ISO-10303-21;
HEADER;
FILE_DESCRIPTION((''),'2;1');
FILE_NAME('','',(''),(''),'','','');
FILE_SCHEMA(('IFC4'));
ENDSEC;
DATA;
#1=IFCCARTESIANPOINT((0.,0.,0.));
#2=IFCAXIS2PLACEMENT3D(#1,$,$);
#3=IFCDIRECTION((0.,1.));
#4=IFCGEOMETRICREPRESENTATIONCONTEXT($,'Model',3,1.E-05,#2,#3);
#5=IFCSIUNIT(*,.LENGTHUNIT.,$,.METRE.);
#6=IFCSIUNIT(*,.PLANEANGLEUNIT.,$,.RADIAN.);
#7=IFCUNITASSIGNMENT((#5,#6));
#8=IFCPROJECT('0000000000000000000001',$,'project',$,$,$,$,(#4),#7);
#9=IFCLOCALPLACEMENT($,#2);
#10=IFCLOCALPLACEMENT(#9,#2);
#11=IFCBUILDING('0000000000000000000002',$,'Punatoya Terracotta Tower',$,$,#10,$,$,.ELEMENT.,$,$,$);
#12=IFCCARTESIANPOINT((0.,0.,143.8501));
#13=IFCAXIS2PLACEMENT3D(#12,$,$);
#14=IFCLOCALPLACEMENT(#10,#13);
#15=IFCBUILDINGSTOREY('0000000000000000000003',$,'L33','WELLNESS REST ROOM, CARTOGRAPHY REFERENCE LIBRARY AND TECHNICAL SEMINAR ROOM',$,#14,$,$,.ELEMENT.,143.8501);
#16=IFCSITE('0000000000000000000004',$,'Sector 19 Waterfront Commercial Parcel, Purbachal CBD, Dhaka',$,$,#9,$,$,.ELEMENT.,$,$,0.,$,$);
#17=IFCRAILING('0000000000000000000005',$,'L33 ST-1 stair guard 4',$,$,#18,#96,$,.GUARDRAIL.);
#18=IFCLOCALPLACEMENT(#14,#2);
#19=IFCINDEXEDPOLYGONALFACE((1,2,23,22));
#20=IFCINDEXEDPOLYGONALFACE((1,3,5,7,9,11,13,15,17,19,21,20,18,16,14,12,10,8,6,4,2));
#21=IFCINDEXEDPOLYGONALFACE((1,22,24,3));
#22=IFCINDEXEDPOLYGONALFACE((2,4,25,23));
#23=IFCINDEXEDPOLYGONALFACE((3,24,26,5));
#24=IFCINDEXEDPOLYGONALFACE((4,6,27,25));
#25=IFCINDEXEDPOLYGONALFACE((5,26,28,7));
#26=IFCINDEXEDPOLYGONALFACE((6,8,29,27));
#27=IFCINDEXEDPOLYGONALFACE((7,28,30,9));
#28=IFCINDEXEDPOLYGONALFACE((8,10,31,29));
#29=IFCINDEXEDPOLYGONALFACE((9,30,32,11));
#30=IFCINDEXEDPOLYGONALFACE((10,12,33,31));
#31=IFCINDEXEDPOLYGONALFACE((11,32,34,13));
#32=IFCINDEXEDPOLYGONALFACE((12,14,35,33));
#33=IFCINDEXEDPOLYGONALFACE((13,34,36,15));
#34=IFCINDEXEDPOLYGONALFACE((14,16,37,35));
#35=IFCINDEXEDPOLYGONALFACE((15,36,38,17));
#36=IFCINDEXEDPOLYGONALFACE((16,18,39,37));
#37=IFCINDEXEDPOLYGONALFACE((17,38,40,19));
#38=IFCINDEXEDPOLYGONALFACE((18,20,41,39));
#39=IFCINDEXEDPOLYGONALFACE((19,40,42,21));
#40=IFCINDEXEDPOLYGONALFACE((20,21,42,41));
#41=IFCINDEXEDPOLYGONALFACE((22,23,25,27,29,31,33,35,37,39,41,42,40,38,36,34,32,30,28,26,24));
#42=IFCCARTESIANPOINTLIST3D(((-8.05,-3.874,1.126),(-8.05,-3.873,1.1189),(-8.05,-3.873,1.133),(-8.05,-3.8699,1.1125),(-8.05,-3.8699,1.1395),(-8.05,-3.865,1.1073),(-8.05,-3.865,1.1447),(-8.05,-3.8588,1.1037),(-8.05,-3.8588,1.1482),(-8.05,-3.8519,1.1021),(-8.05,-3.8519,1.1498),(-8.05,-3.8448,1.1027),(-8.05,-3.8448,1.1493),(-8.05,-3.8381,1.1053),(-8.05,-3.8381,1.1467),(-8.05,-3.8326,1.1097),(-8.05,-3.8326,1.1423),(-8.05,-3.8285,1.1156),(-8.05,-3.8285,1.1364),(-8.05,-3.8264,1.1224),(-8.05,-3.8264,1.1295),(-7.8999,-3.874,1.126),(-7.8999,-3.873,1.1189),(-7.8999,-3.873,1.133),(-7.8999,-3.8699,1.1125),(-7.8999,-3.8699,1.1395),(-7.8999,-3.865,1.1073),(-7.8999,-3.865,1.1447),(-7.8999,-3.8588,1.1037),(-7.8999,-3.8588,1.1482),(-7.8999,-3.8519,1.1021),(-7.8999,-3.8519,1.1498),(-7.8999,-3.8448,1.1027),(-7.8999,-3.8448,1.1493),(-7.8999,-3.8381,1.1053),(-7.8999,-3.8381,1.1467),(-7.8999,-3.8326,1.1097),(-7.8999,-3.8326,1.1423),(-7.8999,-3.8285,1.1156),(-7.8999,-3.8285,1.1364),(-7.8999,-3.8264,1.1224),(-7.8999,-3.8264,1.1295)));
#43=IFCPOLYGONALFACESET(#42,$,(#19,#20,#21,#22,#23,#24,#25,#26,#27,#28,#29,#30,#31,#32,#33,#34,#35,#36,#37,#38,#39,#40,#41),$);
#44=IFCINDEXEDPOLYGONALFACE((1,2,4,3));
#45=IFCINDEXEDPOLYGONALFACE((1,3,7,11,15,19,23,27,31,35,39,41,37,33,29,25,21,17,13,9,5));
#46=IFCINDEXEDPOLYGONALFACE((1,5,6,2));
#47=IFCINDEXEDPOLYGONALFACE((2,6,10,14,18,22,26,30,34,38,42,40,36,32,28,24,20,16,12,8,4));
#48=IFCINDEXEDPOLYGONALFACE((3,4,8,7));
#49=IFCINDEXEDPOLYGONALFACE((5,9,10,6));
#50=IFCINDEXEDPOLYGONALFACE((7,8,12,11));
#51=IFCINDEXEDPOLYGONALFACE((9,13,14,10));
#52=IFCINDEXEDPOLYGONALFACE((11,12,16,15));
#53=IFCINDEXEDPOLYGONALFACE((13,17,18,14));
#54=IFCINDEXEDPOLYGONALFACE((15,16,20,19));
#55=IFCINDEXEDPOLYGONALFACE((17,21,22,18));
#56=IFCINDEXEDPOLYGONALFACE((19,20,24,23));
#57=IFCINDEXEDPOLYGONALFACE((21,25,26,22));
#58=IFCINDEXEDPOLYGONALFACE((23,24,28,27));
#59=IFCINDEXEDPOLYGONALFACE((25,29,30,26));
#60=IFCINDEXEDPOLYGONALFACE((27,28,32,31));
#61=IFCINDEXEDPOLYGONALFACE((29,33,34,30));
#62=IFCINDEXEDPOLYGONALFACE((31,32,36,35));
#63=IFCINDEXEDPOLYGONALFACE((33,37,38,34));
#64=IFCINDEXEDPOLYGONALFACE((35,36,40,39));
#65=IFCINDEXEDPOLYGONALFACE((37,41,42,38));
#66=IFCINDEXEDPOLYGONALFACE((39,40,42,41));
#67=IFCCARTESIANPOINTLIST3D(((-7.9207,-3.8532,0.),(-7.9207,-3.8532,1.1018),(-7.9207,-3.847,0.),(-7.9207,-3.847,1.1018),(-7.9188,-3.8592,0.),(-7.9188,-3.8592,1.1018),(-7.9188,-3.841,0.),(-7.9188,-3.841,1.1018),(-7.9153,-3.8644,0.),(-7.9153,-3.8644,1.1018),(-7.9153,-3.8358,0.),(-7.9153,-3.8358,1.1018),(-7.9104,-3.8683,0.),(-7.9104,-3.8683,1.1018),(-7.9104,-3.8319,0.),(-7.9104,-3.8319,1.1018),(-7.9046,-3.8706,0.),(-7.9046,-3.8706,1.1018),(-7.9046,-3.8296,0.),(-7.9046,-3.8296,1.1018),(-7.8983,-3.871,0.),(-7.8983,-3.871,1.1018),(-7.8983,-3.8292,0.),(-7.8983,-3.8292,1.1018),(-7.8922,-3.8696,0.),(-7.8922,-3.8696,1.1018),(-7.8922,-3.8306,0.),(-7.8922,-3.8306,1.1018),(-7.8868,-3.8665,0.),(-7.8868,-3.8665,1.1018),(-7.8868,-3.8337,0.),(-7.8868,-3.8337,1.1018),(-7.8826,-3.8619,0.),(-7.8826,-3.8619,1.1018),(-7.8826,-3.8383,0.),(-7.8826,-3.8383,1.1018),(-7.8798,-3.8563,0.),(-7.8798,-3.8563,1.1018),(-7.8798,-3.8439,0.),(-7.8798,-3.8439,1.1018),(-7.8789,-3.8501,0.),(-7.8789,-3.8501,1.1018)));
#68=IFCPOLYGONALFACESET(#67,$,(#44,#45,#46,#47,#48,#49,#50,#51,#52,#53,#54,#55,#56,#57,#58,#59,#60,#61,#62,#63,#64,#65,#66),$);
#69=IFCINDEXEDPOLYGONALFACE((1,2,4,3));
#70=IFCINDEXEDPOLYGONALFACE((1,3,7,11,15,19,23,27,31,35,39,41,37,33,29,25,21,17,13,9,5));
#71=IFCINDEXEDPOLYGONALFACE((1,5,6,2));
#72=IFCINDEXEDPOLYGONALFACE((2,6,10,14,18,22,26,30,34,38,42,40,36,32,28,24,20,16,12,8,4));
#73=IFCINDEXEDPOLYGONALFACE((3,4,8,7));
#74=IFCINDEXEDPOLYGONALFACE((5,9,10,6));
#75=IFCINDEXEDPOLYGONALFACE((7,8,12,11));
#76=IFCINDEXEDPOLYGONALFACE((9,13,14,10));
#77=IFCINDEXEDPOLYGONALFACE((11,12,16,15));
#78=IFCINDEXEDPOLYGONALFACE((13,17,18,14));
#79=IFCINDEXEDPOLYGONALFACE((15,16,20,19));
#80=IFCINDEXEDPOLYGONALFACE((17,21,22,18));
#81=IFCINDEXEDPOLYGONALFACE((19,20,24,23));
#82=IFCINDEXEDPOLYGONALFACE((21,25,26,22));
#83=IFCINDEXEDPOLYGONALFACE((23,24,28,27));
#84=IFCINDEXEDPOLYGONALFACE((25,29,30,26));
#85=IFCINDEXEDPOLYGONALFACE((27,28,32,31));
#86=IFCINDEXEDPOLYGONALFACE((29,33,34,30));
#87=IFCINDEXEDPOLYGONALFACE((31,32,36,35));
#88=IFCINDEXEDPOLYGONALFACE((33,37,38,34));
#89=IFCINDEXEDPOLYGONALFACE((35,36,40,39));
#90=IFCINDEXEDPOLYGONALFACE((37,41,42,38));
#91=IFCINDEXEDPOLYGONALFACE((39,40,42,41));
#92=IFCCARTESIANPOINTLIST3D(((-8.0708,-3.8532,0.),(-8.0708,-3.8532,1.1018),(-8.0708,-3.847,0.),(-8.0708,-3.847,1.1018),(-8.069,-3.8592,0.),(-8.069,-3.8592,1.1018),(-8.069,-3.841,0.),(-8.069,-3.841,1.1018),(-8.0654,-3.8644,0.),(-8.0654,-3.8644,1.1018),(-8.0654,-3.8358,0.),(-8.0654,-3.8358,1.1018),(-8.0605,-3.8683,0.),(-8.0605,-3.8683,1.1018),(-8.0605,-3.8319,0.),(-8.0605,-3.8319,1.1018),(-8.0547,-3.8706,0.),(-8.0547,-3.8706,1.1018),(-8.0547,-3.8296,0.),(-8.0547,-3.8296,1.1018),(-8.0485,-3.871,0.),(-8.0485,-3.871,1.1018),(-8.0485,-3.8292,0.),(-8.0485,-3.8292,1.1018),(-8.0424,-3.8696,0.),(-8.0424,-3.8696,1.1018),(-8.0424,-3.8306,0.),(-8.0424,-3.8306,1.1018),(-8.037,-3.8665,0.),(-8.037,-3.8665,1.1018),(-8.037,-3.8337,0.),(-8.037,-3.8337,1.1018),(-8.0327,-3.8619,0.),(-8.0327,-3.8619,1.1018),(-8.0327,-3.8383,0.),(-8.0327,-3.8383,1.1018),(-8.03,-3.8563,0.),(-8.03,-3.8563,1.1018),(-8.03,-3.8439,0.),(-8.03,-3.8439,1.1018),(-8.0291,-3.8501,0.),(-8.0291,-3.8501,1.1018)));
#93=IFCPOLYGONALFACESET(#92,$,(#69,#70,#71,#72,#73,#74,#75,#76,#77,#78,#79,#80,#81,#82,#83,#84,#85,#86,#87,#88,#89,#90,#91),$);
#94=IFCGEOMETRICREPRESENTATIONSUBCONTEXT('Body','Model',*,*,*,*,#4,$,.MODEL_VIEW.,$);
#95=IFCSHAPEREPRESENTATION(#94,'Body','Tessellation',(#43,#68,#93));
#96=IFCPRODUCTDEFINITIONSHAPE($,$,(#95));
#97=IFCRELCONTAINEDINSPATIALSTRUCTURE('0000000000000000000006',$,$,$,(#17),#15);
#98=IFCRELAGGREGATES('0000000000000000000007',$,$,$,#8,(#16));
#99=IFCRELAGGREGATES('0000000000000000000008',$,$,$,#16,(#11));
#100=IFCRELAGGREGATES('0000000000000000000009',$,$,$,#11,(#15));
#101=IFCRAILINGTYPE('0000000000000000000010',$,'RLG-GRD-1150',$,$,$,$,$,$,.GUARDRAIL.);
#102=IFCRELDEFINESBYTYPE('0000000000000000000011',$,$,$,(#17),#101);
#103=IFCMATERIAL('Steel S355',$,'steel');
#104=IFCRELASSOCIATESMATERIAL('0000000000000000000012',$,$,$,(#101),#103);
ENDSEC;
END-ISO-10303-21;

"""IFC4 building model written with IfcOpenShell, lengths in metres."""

from ifc_helpers import new_model, si_unit, direction, frame, origin, origin_2d, place, context, subcontext, project, spatial, circle, extrude, material, type_object, element, save


model = new_model("IFC4")

# Units and contexts
model_context = context("Model", 3, precision=1e-05, world=origin(), true_north=direction((0.0, 1.0)))
body_context = subcontext(model_context, "Body", "Model", "MODEL_VIEW")
ifc_project = project(units=[si_unit("LENGTHUNIT", "METRE"), si_unit("PLANEANGLEUNIT", "RADIAN")], contexts=[model_context])

# Site, building, storey
site_placement = place(None, origin())
site = spatial("IfcSite", under=ifc_project, at=site_placement, Name="Sector 19 Waterfront Commercial Parcel, Purbachal CBD, Dhaka", CompositionType="ELEMENT", RefElevation=0.0)
building_placement = place(site_placement, origin())
building = spatial("IfcBuilding", under=site, at=building_placement, Name="Punatoya Terracotta Tower", CompositionType="ELEMENT")
storey_placement = place(building_placement, frame((0.0, 0.0, 143.8501)))
storey = spatial("IfcBuildingStorey", under=building, at=storey_placement, Name="L33", Description="WELLNESS REST ROOM, CARTOGRAPHY REFERENCE LIBRARY AND TECHNICAL SEMINAR ROOM", CompositionType="ELEMENT", Elevation=143.8501)

# Shared definitions
ifc_material_1 = material(Name="Steel S355", Category="steel")

# Railing
railing_type_1 = type_object("IfcRailingType", Name="RLG-GRD-1150", PredefinedType="GUARDRAIL", material=ifc_material_1)
railing_1_placement = place(storey_placement, frame((-7.8999, -3.8501, 0.0)))
element("IfcRailing", 1, at=railing_1_placement, inside=storey, type_object=railing_type_1, Name="L33 ST-1 stair guard 4", PredefinedType="GUARDRAIL", context=body_context, shape_type="SweptSolid", body=[
    extrude(circle(Radius=0.0239, at=origin_2d()), frame((0.0, 0.0, 1.126), z_axis=(-1.0, 0.0, 0.0), x_axis=(0.0, -1.0, 0.0)), (0.0, 0.0, 1.0), 0.1501),
    extrude(circle(Radius=0.021, at=origin_2d()), origin(), (0.0, 0.0, 1.0), 1.1018),
    extrude(circle(Radius=0.021, at=origin_2d()), frame((-0.1501, 0.0, 0.0)), (0.0, 0.0, 1.0), 1.1018),
])

save(model, "model.ifc")
